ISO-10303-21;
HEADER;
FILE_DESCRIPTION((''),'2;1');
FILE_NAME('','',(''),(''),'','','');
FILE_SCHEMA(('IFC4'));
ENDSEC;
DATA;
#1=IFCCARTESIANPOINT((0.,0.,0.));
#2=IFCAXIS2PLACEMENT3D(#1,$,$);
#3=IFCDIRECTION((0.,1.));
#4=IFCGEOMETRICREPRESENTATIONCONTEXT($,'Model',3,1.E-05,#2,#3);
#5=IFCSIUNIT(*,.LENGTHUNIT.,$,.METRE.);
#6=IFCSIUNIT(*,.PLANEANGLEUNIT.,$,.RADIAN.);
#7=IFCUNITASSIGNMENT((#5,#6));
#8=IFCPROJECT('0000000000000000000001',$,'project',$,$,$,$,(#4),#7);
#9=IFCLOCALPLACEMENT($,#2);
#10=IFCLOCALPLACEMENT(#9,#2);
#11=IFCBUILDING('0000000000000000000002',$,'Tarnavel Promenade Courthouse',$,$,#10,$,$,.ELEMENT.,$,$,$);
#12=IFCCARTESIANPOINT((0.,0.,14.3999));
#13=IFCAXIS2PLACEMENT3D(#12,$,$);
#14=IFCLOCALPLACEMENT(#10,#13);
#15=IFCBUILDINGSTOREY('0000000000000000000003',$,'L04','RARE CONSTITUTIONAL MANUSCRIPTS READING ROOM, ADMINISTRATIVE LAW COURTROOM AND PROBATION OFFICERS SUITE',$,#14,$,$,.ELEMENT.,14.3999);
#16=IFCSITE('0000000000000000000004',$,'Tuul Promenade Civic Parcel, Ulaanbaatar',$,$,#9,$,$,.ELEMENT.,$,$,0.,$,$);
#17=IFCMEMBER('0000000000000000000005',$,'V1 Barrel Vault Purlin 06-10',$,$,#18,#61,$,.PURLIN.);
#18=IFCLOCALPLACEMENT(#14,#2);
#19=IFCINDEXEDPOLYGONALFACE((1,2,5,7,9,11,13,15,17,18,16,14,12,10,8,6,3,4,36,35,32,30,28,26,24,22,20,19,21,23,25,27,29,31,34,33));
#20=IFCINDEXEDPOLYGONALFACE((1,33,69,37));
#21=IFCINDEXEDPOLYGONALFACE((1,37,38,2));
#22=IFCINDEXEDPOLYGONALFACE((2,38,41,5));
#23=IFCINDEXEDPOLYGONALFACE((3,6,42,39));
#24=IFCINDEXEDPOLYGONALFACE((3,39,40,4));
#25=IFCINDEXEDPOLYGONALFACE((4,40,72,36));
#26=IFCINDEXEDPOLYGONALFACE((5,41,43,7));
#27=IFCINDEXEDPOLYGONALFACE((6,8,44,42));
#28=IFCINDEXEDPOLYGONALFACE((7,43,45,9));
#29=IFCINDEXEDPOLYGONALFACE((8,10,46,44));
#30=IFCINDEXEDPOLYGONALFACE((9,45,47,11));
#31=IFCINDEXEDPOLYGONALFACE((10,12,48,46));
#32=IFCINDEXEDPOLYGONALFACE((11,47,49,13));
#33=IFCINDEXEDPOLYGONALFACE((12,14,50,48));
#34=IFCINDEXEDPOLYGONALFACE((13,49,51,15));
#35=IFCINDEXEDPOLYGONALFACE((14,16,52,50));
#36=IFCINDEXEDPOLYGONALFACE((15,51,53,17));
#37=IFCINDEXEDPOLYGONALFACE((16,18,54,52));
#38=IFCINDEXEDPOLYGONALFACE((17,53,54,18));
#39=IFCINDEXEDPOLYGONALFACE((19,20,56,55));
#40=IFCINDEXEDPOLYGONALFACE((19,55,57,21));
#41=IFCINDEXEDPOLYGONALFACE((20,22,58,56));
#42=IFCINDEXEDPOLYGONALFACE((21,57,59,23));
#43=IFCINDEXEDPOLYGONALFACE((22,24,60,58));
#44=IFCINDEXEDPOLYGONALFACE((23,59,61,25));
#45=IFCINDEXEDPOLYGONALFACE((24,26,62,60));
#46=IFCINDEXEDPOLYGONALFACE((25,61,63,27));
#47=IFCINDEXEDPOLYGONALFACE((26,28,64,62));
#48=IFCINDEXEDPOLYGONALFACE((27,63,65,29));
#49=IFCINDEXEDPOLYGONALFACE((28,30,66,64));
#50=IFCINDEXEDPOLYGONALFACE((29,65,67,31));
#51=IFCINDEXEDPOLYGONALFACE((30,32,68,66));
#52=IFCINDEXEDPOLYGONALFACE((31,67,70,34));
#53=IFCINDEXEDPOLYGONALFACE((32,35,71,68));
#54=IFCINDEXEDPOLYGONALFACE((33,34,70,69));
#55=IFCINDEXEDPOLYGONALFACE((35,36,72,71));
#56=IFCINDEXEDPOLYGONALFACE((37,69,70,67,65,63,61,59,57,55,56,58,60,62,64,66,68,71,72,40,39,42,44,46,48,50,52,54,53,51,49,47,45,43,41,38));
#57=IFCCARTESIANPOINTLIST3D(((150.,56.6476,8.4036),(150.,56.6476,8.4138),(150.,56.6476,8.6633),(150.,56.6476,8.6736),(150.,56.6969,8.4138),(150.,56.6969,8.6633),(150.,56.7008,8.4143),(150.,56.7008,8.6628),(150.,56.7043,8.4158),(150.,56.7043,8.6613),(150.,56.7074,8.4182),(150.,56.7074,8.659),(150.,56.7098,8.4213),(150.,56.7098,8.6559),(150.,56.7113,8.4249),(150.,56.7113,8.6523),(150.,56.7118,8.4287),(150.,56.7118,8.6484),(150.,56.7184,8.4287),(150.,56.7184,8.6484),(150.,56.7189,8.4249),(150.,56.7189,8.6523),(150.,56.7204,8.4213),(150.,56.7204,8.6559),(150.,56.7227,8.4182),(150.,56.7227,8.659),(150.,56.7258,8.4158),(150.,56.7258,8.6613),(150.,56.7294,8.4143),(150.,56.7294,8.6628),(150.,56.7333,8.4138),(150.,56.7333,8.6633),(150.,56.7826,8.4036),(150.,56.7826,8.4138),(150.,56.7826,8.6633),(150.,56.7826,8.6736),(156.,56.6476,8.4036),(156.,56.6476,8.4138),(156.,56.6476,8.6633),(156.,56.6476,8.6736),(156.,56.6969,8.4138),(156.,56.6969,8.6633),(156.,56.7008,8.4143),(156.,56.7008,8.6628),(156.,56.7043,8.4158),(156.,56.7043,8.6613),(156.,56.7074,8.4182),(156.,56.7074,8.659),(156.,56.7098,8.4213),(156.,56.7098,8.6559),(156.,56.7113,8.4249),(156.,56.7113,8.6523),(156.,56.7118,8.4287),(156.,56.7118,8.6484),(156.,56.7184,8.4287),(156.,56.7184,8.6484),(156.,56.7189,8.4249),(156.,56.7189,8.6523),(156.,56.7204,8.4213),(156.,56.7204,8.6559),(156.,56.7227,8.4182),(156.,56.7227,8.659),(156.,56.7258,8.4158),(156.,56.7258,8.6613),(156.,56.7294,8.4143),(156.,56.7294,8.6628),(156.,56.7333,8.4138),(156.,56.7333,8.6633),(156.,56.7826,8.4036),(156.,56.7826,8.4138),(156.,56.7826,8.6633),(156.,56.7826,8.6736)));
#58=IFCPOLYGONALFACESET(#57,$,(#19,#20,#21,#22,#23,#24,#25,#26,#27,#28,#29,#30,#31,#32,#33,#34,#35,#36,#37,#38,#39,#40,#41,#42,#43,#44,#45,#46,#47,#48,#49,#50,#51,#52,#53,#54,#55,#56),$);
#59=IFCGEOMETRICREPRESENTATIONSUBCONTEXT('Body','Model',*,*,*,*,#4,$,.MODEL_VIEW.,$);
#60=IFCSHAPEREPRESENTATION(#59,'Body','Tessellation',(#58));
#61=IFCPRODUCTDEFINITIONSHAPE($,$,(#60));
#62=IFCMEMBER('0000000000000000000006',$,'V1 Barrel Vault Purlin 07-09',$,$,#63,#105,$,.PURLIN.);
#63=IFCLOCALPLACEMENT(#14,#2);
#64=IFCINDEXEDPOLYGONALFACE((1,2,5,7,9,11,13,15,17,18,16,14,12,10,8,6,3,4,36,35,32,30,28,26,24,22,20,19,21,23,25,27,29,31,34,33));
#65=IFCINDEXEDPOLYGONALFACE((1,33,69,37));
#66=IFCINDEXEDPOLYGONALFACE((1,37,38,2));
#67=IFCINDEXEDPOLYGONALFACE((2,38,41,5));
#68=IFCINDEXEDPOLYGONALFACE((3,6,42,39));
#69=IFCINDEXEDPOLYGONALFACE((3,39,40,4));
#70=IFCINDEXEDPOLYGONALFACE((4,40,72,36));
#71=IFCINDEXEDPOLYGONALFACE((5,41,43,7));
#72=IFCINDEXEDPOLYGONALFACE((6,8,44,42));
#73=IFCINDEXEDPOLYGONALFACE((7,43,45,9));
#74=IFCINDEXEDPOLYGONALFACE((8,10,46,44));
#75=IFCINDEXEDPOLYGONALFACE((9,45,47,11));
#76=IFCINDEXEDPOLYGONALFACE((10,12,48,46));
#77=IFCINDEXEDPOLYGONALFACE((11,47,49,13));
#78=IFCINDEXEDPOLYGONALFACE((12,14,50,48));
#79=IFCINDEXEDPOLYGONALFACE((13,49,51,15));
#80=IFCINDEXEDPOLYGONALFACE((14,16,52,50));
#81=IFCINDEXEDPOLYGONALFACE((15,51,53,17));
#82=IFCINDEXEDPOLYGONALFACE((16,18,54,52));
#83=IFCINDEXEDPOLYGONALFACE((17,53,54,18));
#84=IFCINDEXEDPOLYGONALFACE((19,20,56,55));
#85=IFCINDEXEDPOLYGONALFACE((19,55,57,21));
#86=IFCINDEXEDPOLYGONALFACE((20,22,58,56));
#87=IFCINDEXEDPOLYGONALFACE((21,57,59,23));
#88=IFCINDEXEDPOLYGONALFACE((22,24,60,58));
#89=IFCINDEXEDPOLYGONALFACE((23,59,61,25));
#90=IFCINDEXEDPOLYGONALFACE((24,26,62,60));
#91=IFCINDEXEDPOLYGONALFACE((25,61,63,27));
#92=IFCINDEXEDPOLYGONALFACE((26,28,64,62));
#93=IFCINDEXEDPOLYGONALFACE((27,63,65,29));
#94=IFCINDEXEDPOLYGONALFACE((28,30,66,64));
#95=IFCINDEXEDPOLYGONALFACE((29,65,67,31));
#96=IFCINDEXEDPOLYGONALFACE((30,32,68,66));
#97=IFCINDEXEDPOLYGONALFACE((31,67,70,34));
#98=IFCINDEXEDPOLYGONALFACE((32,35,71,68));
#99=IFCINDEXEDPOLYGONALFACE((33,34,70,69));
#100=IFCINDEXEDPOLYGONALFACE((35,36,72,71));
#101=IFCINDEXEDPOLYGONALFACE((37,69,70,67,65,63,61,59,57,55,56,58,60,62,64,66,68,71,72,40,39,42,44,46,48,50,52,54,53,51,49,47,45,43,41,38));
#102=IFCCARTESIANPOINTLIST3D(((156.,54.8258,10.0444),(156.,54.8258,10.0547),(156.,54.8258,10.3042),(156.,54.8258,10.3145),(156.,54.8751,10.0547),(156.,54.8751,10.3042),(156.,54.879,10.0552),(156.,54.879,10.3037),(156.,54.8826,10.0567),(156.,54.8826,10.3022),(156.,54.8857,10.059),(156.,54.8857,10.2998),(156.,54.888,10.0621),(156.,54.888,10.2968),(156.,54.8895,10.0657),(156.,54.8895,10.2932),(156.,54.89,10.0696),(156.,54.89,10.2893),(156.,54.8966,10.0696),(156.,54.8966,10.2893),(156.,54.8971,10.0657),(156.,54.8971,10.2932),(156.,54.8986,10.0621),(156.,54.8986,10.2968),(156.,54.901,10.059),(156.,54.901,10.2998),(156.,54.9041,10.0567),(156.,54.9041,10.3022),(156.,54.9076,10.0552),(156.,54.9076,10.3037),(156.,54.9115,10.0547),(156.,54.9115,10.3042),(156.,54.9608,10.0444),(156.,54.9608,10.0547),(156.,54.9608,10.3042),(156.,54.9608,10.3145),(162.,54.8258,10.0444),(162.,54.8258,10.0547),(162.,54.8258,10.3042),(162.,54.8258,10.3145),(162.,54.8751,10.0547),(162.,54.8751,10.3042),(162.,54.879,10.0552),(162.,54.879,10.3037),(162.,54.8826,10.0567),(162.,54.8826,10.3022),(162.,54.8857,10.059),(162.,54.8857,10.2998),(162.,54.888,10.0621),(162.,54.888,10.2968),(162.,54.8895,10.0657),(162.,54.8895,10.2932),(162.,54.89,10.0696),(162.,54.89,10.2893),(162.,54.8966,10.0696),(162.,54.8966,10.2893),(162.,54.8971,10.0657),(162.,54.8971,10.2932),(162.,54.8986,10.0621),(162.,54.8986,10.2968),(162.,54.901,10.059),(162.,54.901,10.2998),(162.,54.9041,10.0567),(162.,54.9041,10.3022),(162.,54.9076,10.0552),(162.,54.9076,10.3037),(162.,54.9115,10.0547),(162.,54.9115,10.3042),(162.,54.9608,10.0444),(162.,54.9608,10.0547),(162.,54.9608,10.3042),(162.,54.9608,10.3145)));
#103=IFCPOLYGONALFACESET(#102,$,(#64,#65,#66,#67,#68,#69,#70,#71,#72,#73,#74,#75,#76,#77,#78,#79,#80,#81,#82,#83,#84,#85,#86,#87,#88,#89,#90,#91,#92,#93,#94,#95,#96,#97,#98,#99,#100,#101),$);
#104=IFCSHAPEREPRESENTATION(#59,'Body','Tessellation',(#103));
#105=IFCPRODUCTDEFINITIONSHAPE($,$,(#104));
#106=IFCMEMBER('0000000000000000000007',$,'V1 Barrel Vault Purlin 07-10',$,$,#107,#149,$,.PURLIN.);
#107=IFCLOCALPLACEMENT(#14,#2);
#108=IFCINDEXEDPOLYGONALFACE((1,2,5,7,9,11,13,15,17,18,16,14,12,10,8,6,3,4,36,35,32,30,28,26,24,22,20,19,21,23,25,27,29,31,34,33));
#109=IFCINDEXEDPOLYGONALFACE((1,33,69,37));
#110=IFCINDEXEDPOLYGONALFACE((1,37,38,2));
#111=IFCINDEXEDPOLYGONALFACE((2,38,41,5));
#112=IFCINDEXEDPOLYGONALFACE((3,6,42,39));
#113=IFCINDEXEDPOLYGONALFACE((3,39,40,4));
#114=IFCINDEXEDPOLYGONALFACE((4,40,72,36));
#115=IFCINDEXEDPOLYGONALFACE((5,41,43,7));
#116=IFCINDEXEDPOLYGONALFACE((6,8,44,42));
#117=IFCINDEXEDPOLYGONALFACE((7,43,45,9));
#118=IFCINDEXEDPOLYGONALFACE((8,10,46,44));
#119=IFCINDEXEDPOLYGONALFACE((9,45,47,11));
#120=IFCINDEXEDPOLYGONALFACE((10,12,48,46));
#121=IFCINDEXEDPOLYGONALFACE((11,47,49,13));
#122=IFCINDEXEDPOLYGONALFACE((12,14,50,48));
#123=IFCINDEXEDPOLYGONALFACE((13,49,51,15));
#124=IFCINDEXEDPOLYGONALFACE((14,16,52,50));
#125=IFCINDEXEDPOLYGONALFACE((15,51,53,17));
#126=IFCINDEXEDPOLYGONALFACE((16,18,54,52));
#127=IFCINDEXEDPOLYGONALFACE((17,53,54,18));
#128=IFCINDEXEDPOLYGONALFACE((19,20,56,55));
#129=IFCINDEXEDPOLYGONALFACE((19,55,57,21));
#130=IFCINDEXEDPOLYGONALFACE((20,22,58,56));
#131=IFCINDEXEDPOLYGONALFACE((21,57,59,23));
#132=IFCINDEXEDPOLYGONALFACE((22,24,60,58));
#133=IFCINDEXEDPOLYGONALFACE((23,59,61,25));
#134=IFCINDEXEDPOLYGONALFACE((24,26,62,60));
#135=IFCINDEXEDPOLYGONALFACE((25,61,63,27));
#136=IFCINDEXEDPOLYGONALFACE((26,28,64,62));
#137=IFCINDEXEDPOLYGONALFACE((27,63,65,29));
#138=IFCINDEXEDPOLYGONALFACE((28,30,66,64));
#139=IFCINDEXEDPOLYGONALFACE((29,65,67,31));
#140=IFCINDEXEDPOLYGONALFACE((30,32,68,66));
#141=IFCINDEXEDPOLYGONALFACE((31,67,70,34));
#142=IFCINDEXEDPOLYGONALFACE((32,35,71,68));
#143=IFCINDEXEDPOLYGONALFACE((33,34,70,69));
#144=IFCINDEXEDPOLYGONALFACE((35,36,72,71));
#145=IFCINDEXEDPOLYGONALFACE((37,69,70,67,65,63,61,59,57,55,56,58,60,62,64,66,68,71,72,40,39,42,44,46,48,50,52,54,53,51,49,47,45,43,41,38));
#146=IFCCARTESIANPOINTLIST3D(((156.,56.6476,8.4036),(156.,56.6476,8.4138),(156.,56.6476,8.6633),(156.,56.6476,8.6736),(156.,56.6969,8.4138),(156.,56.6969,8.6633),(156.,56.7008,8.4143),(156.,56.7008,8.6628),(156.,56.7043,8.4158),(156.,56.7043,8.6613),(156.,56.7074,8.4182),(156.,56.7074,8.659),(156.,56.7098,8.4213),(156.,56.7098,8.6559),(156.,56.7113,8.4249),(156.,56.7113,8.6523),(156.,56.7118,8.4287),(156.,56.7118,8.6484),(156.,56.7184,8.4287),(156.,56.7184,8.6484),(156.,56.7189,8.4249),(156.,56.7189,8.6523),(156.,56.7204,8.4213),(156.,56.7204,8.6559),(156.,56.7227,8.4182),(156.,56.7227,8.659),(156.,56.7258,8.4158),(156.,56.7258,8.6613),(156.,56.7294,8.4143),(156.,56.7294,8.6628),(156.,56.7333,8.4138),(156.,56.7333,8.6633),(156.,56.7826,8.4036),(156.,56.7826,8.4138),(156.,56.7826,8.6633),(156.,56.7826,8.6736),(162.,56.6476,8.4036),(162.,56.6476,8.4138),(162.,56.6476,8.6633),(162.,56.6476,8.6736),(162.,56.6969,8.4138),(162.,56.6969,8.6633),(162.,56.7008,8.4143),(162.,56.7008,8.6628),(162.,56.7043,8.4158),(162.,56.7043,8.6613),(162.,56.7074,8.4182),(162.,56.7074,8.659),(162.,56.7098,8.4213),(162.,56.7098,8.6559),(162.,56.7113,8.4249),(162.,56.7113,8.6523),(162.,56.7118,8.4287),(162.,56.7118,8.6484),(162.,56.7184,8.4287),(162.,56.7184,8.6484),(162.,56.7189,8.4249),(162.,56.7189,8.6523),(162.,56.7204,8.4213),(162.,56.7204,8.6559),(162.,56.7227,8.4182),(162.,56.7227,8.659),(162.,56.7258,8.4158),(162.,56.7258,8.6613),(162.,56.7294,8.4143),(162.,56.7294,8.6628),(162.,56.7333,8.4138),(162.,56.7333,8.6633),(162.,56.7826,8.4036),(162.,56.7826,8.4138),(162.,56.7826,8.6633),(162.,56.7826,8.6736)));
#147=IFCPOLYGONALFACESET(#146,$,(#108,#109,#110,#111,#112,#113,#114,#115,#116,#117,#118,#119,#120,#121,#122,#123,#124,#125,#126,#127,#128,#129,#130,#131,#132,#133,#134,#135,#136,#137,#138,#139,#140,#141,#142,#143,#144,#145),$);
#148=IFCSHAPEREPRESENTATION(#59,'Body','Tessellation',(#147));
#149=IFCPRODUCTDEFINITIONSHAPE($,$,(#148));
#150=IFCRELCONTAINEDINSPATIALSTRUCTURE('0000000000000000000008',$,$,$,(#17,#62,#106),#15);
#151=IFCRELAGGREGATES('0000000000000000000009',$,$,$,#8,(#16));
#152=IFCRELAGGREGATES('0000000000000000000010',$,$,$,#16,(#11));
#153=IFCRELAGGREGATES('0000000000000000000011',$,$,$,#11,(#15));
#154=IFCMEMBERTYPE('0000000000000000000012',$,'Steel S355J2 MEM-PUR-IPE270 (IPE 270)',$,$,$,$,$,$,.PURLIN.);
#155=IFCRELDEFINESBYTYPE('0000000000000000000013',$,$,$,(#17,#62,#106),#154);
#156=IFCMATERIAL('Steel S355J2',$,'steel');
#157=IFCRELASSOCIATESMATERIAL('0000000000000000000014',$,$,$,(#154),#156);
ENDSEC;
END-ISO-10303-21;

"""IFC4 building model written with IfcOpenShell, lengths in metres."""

from ifc_helpers import new_model, si_unit, direction, frame, origin, origin_2d, place, context, subcontext, project, spatial, i_section, extrude, material, material_profile, profile_set, type_object, element, save


model = new_model("IFC4")

# Units and contexts
model_context = context("Model", 3, precision=1e-05, world=origin(), true_north=direction((0.0, 1.0)))
body_context = subcontext(model_context, "Body", "Model", "MODEL_VIEW")
ifc_project = project(units=[si_unit("LENGTHUNIT", "METRE"), si_unit("PLANEANGLEUNIT", "RADIAN")], contexts=[model_context])

# Site, building, storey
site_placement = place(None, origin())
site = spatial("IfcSite", under=ifc_project, at=site_placement, Name="Tuul Promenade Civic Parcel, Ulaanbaatar", CompositionType="ELEMENT", RefElevation=0.0)
building_placement = place(site_placement, origin())
building = spatial("IfcBuilding", under=site, at=building_placement, Name="Tarnavel Promenade Courthouse", CompositionType="ELEMENT")
storey_placement = place(building_placement, frame((0.0, 0.0, 14.3999)))
storey = spatial("IfcBuildingStorey", under=building, at=storey_placement, Name="L04", Description="RARE CONSTITUTIONAL MANUSCRIPTS READING ROOM, ADMINISTRATIVE LAW COURTROOM AND PROBATION OFFICERS SUITE", CompositionType="ELEMENT", Elevation=14.3999)

# Shared definitions
ifc_material_1 = material(Name="Steel S355J2", Category="steel")

# Members
ifc_material_profile_1 = material_profile(ifc_material_1, i_section(OverallWidth=0.135, OverallDepth=0.27, WebThickness=0.0066, FlangeThickness=0.0103, FilletRadius=0.0149, at=origin_2d()), Name="IPE 270")
ifc_profile_set_1 = profile_set([ifc_material_profile_1], Name="Steel S355J2")
member_type_1 = type_object("IfcMemberType", Name="Steel S355J2 MEM-PUR-IPE270 (IPE 270)", PredefinedType="PURLIN", material=ifc_profile_set_1)
for number, where, z_axis, x_axis, name in (
    (1, (150.0, 56.7151, 8.5386), (1.0, 0.0, 0.0), (0.0, 1.0, 0.0), "V1 Barrel Vault Purlin 06-10"),
    (2, (156.0, 54.8933, 10.1794), (1.0, 0.0, 0.0), (0.0, 1.0, 0.0), "V1 Barrel Vault Purlin 07-09"),
    (3, (156.0, 56.7151, 8.5386), (1.0, 0.0, 0.0), (0.0, 1.0, 0.0), "V1 Barrel Vault Purlin 07-10"),
):
    element("IfcMember", number, at=place(storey_placement, frame(where, z_axis=z_axis, x_axis=x_axis)), inside=storey, type_object=member_type_1, Name=name, PredefinedType="PURLIN", context=body_context, shape_type="SweptSolid", body=[
        extrude(i_section(OverallWidth=0.135, OverallDepth=0.27, WebThickness=0.0066, FlangeThickness=0.0103, FilletRadius=0.0149, at=origin_2d()), origin(), (0.0, 0.0, 1.0), 6.0),
    ])

save(model, "model.ifc")
